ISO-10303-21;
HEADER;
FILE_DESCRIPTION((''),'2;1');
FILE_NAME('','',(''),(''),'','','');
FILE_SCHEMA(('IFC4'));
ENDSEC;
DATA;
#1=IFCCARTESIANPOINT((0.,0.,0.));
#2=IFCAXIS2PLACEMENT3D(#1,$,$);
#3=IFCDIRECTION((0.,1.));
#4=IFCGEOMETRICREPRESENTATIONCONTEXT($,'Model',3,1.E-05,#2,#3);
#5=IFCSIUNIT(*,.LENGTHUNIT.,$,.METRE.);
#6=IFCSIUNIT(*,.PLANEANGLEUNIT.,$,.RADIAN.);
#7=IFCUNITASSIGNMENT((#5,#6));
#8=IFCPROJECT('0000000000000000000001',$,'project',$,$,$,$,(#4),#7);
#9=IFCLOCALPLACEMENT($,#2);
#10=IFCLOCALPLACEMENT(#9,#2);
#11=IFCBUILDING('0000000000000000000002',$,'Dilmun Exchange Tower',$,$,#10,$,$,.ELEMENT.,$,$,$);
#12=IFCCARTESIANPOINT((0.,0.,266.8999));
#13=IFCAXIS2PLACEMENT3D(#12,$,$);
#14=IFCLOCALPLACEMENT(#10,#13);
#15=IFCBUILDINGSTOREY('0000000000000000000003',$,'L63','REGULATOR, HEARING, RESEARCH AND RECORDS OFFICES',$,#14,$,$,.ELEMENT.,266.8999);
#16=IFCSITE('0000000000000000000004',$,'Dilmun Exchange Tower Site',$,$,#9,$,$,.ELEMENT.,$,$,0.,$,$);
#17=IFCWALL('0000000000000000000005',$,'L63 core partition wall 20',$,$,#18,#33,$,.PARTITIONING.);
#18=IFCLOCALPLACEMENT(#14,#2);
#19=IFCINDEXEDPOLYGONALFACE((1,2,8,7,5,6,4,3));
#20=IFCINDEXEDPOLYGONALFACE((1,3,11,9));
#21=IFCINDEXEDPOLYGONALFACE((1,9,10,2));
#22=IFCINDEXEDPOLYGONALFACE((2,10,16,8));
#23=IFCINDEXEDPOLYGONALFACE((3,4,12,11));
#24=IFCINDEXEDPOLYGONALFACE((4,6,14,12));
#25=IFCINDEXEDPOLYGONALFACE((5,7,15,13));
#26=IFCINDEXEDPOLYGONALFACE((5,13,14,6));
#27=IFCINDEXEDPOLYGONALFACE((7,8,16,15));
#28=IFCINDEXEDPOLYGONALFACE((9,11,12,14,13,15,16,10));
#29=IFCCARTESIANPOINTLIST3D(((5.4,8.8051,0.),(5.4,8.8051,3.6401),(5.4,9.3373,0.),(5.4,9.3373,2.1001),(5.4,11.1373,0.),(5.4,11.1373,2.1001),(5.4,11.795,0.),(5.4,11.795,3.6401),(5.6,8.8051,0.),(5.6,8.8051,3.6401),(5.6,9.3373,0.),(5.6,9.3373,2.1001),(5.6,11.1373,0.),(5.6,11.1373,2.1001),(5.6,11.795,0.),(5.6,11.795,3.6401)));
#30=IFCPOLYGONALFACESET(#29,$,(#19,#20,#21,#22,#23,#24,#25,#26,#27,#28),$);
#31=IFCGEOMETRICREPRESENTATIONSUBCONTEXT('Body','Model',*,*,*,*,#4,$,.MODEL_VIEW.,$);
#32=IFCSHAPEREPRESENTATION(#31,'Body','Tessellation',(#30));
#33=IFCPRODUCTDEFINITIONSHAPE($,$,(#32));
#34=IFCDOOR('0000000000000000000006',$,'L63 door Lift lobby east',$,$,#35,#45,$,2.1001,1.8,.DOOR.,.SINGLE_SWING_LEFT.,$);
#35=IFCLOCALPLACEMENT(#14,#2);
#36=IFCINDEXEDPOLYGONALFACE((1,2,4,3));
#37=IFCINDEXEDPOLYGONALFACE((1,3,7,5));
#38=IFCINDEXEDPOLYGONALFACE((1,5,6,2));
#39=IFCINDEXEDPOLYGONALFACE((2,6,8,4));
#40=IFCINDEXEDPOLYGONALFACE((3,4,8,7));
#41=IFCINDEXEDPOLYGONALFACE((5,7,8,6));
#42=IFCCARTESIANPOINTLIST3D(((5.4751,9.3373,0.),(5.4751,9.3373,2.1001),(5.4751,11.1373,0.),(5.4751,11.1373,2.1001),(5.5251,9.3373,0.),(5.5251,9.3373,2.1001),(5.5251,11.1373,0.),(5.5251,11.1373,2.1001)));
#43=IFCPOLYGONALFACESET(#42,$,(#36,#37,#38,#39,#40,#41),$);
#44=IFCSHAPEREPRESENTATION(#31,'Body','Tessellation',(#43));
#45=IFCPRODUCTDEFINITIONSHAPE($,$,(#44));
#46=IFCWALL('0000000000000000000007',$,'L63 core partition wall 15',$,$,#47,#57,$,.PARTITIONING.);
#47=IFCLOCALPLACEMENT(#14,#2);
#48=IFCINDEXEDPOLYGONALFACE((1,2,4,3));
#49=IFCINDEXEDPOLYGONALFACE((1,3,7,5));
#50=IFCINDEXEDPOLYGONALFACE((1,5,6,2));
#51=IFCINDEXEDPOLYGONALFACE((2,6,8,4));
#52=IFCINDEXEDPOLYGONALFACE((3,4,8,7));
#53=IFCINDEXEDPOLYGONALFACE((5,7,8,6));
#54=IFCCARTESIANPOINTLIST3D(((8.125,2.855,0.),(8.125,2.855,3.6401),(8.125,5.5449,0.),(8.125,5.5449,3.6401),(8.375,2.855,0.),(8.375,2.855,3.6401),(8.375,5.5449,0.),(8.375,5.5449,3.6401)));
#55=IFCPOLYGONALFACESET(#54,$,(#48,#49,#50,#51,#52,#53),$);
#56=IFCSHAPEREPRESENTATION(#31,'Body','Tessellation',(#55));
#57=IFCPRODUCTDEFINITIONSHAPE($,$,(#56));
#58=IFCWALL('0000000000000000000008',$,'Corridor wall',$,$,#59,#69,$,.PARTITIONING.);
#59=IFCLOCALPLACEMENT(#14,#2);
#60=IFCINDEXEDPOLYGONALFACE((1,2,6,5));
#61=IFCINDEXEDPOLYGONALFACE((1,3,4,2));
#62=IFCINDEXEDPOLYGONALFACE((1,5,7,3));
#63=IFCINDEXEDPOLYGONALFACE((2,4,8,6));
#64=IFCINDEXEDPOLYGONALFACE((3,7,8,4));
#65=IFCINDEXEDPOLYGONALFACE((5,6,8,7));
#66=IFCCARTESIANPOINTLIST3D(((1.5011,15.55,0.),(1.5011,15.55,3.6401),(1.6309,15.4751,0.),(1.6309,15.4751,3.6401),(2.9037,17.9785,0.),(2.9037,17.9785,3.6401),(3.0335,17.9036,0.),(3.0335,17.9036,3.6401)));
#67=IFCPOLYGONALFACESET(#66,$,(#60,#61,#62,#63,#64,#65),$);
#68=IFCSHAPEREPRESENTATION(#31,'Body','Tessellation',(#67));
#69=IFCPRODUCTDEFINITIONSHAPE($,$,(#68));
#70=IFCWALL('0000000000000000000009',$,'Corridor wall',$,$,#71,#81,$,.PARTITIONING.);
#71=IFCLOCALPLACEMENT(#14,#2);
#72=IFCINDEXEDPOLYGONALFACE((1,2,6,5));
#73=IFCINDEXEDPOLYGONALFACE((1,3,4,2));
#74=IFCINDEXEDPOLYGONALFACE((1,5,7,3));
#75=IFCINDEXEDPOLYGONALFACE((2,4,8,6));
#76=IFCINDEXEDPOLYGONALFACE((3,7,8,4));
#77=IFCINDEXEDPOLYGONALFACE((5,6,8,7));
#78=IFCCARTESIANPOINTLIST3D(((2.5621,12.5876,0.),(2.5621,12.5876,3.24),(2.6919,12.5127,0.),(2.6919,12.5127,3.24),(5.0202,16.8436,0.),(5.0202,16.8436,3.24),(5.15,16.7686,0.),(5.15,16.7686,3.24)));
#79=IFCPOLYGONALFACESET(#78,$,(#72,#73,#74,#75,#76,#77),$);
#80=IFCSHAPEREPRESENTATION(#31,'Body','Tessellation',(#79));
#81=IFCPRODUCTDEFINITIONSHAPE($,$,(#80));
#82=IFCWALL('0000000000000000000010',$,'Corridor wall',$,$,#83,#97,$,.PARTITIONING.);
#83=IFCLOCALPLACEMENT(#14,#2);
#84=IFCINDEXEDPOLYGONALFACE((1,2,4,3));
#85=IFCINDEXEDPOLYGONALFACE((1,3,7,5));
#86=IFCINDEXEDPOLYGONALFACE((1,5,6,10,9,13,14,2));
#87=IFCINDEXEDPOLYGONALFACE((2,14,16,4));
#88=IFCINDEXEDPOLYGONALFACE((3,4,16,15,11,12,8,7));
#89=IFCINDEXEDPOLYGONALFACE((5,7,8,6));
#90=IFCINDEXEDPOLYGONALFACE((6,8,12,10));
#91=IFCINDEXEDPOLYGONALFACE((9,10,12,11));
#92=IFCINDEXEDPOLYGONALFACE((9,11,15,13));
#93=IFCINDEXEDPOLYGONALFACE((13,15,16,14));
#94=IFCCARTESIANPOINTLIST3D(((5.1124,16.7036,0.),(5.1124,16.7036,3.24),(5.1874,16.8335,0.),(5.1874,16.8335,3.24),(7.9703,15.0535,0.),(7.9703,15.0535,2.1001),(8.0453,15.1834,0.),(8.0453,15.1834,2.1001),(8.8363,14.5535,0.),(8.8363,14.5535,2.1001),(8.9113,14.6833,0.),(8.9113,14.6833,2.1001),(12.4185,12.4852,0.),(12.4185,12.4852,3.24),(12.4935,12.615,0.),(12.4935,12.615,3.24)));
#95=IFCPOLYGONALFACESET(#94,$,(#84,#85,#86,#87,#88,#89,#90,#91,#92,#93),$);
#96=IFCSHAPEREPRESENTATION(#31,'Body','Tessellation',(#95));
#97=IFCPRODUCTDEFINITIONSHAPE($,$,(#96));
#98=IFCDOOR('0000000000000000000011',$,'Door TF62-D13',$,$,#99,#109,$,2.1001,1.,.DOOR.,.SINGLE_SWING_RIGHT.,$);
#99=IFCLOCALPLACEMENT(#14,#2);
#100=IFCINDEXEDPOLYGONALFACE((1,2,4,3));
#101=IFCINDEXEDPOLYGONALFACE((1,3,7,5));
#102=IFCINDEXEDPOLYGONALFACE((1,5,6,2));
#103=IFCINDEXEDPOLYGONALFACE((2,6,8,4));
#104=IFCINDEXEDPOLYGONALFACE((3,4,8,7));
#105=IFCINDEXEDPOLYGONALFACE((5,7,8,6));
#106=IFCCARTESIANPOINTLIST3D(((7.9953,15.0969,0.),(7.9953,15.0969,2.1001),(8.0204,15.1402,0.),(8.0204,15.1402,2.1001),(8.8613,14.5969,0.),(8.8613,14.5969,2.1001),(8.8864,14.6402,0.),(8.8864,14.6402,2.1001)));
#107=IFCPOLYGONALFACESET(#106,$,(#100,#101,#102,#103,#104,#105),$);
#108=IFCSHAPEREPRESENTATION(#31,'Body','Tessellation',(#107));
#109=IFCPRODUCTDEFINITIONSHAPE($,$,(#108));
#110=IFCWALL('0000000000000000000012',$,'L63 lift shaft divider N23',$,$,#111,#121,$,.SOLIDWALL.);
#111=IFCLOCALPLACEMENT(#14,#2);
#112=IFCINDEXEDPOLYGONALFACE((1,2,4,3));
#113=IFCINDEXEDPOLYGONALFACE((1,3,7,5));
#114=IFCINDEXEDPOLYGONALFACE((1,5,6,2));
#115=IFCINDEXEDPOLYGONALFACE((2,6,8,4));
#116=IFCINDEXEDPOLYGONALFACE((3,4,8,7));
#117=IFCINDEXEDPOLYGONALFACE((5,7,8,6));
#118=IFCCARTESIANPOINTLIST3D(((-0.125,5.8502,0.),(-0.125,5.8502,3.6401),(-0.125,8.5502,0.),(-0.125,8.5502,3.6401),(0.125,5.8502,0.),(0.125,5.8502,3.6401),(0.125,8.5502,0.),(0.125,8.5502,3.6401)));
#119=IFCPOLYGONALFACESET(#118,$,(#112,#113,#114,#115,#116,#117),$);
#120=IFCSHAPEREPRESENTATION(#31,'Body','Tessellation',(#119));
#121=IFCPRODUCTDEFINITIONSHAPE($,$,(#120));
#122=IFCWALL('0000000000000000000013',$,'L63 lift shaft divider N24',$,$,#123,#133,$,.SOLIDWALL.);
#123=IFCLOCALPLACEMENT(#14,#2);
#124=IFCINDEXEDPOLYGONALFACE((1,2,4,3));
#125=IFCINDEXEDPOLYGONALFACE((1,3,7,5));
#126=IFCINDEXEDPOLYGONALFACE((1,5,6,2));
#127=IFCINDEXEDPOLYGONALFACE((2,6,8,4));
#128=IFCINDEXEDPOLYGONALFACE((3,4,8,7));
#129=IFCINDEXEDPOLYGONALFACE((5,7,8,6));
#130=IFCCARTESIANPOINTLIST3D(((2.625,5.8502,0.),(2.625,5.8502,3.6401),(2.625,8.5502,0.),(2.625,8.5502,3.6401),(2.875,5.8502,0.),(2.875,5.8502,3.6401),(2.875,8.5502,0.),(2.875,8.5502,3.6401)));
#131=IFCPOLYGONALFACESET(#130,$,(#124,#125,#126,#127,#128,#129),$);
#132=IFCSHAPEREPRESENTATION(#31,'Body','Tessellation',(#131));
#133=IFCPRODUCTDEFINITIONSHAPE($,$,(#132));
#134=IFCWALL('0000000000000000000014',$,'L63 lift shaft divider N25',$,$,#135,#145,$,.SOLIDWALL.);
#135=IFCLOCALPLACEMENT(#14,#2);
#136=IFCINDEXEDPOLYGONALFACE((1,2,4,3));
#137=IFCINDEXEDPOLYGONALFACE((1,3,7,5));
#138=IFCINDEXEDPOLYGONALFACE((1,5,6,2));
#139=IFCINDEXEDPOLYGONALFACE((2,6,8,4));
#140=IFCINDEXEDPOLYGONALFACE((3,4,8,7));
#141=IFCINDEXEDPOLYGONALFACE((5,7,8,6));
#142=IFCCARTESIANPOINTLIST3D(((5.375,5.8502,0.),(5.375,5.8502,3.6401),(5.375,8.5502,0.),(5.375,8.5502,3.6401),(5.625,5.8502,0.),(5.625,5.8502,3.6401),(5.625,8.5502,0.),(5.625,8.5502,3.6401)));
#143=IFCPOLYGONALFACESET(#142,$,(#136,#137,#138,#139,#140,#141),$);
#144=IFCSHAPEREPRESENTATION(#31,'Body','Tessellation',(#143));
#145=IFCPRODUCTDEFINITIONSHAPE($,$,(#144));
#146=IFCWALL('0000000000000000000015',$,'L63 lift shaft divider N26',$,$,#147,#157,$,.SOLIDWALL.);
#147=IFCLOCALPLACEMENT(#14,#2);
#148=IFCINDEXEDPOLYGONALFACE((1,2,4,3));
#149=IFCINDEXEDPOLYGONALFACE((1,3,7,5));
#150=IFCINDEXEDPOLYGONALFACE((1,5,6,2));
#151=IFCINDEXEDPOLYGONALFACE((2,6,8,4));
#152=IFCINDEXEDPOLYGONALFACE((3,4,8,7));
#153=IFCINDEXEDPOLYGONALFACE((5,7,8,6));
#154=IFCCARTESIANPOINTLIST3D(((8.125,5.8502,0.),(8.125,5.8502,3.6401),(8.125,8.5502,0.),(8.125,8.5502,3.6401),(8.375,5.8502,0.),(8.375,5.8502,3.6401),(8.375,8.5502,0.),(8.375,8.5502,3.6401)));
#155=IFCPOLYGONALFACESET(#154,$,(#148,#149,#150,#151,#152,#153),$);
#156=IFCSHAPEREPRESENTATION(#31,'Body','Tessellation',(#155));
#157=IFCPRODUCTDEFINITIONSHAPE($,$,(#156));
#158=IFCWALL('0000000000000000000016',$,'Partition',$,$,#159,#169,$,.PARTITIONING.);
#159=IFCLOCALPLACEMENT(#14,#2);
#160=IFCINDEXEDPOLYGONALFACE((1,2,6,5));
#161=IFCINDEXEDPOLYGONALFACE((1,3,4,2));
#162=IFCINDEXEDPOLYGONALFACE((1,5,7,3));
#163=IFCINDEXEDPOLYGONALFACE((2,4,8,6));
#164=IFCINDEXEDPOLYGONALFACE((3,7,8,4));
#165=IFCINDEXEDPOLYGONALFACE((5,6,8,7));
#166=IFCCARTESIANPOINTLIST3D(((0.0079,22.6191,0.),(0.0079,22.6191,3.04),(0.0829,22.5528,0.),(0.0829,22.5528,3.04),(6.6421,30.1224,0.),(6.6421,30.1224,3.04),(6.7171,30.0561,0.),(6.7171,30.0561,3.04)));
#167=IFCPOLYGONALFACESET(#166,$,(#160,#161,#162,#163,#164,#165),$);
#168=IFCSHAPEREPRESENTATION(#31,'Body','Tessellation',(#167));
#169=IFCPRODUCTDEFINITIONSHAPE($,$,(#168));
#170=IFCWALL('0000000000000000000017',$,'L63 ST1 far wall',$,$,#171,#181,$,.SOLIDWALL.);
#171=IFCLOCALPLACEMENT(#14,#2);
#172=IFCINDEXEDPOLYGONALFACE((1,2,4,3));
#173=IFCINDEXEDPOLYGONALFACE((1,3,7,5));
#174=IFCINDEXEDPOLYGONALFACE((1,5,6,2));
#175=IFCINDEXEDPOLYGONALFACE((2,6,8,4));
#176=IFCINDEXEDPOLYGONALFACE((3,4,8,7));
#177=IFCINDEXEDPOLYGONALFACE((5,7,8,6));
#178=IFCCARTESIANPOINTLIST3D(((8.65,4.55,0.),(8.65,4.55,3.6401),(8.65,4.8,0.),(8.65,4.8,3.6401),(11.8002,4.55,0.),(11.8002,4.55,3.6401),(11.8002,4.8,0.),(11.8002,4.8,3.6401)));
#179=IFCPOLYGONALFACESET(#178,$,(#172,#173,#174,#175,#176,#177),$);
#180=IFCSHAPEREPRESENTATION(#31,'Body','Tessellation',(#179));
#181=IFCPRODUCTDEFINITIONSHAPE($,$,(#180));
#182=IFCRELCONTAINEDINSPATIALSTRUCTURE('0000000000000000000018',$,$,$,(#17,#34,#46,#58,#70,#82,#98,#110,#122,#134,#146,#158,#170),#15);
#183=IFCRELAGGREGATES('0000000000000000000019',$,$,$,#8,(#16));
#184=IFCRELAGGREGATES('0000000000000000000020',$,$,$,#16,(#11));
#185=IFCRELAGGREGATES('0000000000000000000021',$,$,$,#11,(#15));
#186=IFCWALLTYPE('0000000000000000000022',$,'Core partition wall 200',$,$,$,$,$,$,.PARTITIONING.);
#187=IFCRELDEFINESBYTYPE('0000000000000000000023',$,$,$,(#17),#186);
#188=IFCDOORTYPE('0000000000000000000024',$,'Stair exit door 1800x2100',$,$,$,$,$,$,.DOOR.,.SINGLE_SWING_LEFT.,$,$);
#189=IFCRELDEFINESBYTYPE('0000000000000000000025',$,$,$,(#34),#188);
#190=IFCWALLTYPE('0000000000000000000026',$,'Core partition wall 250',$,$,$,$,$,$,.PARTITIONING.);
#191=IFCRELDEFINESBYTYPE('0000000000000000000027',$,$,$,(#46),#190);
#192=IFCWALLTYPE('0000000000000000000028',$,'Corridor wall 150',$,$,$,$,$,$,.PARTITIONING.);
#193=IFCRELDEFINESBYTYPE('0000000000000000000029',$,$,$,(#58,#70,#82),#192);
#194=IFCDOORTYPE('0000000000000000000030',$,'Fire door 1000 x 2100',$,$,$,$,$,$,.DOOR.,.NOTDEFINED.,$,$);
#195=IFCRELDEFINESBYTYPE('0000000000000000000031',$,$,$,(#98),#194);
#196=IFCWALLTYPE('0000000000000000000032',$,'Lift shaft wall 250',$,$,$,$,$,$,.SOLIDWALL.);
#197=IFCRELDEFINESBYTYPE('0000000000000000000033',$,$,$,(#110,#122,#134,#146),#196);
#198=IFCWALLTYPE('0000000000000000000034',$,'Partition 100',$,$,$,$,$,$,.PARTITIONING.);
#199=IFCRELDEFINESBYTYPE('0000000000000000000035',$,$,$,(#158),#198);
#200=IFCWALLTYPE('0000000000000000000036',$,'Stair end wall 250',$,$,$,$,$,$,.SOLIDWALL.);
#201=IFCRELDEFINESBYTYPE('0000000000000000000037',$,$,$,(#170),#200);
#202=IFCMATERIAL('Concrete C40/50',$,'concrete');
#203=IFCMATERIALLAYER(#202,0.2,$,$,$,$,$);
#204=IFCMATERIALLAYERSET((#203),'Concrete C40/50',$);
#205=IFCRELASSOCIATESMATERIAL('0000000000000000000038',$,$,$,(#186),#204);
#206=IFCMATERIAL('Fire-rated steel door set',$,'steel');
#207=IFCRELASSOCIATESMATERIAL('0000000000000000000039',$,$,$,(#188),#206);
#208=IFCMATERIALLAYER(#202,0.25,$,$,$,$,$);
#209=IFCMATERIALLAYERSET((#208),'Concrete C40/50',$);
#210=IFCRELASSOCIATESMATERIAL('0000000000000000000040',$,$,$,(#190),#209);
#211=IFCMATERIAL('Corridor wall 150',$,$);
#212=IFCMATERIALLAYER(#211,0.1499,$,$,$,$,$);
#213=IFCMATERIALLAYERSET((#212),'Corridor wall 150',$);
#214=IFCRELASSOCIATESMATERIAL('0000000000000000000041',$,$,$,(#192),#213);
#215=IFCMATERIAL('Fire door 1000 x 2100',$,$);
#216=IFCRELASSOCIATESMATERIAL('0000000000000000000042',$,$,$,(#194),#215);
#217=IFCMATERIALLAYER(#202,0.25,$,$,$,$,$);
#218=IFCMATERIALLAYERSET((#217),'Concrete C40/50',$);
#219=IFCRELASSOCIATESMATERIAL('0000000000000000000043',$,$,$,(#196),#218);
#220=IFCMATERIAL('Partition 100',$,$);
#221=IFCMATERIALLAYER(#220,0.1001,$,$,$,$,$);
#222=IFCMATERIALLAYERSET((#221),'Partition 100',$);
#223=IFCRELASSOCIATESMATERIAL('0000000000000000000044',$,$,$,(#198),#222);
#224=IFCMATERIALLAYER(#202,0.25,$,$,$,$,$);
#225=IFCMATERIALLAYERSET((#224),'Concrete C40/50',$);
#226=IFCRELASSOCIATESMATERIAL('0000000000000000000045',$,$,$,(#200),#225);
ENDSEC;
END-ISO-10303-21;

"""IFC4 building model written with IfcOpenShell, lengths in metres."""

from ifc_helpers import new_model, si_unit, direction, frame, frame_2d, origin, place, context, subcontext, project, spatial, rectangle, extrude, material, layer, layer_set, type_object, element, fill, save


model = new_model("IFC4")

# Units and contexts
model_context = context("Model", 3, precision=1e-05, world=origin(), true_north=direction((0.0, 1.0)))
body_context = subcontext(model_context, "Body", "Model", "MODEL_VIEW")
ifc_project = project(units=[si_unit("LENGTHUNIT", "METRE"), si_unit("PLANEANGLEUNIT", "RADIAN")], contexts=[model_context])

# Site, building, storey
site_placement = place(None, origin())
site = spatial("IfcSite", under=ifc_project, at=site_placement, Name="Dilmun Exchange Tower Site", CompositionType="ELEMENT", RefElevation=0.0)
building_placement = place(site_placement, origin())
building = spatial("IfcBuilding", under=site, at=building_placement, Name="Dilmun Exchange Tower", CompositionType="ELEMENT")
storey_placement = place(building_placement, frame((0.0, 0.0, 266.8999)))
storey = spatial("IfcBuildingStorey", under=building, at=storey_placement, Name="L63", Description="REGULATOR, HEARING, RESEARCH AND RECORDS OFFICES", CompositionType="ELEMENT", Elevation=266.8999)

# Shared definitions
ifc_material_1 = material(Name="Concrete C40/50", Category="concrete")

# Wall, opening, door
ifc_layer_1 = layer(ifc_material_1, 0.2)
ifc_layer_set_1 = layer_set([ifc_layer_1], Name="Concrete C40/50")
wall_type_1 = type_object("IfcWallType", Name="Core partition wall 200", PredefinedType="PARTITIONING", material=ifc_layer_set_1)
wall_1_placement = place(storey_placement, frame((5.5, 8.8049, 0.0), z_axis=(0.0, 0.0, 1.0), x_axis=(0.0, 1.0, 0.0)))
wall_1 = element("IfcWall", 1, at=wall_1_placement, inside=storey, type_object=wall_type_1, Name="L63 core partition wall 20", PredefinedType="PARTITIONING", context=body_context, shape_type="SweptSolid", body=[
    extrude(rectangle(XDim=2.99, YDim=0.2, at=frame_2d((1.4951, 0.0))), origin(), (0.0, 0.0, 1.0), 3.6401),
])
opening_1_placement = place(wall_1_placement, frame((0.5325, 0.0, 0.0)))
opening_1 = element("IfcOpeningElement", 2, at=opening_1_placement, cuts=wall_1, PredefinedType="OPENING", context=body_context, shape_type="SweptSolid", body=[
    extrude(rectangle(XDim=1.8, YDim=2.1001, at=frame_2d((0.8999, 1.05))), frame((0.0, 0.1099, 0.0), z_axis=(0.0, -1.0, 0.0), x_axis=(1.0, 0.0, 0.0)), (0.0, 0.0, 1.0), 0.22),
])
ifc_material_2 = material(Name="Fire-rated steel door set", Category="steel")
door_type_1 = type_object("IfcDoorType", Name="Stair exit door 1800x2100", OperationType="SINGLE_SWING_LEFT", PredefinedType="DOOR", material=ifc_material_2)
door_1_placement = place(opening_1_placement, origin())
door_1 = element("IfcDoor", 3, at=door_1_placement, inside=storey, type_object=door_type_1, Name="L63 door Lift lobby east", OperationType="SINGLE_SWING_LEFT", OverallHeight=2.1001, OverallWidth=1.8, PredefinedType="DOOR", context=body_context, shape_type="SweptSolid", body=[
    extrude(rectangle(XDim=1.8, YDim=2.1001, at=frame_2d((0.8999, 1.05))), frame((0.0, 0.0249, 0.0), z_axis=(0.0, -1.0, 0.0), x_axis=(1.0, 0.0, 0.0)), (0.0, 0.0, 1.0), 0.05),
])
fill(opening_1, door_1)

# Walls
ifc_layer_2 = layer(ifc_material_1, 0.25)
ifc_layer_set_2 = layer_set([ifc_layer_2], Name="Concrete C40/50")
wall_type_2 = type_object("IfcWallType", Name="Core partition wall 250", PredefinedType="PARTITIONING", material=ifc_layer_set_2)
wall_2_placement = place(storey_placement, frame((8.25, 2.855, 0.0), z_axis=(0.0, 0.0, 1.0), x_axis=(0.0, 1.0, 0.0)))
element("IfcWall", 4, at=wall_2_placement, inside=storey, type_object=wall_type_2, Name="L63 core partition wall 15", PredefinedType="PARTITIONING", context=body_context, shape_type="SweptSolid", body=[
    extrude(rectangle(XDim=2.6899, YDim=0.25, at=frame_2d((1.345, 0.0))), origin(), (0.0, 0.0, 1.0), 3.6401),
])
ifc_material_3 = material(Name="Corridor wall 150")
ifc_layer_3 = layer(ifc_material_3, 0.1499)
ifc_layer_set_3 = layer_set([ifc_layer_3], Name="Corridor wall 150")
wall_type_3 = type_object("IfcWallType", Name="Corridor wall 150", PredefinedType="PARTITIONING", material=ifc_layer_set_3)
wall_3_placement = place(storey_placement, frame((1.5659, 15.5125, 0.0), z_axis=(0.0, 0.0, 1.0), x_axis=(0.500137, 0.865946, 0.0)))
element("IfcWall", 5, at=wall_3_placement, inside=storey, type_object=wall_type_3, Name="Corridor wall", PredefinedType="PARTITIONING", context=body_context, shape_type="SweptSolid", body=[
    extrude(rectangle(XDim=2.8044, YDim=0.1499, at=frame_2d((1.4023, 0.0))), origin(), (0.0, 0.0, 1.0), 3.6401),
])
wall_4_placement = place(storey_placement, frame((2.627, 12.55, 0.0), z_axis=(0.0, 0.0, 1.0), x_axis=(0.500135, 0.865947, 0.0)))
element("IfcWall", 6, at=wall_4_placement, inside=storey, type_object=wall_type_3, Name="Corridor wall", PredefinedType="PARTITIONING", context=body_context, shape_type="SweptSolid", body=[
    extrude(rectangle(XDim=4.9148, YDim=0.1499, at=frame_2d((2.4575, 0.0))), origin(), (0.0, 0.0, 1.0), 3.24),
])

# Wall, opening, door
wall_5_placement = place(storey_placement, frame((5.1499, 16.7686, 0.0), z_axis=(0.0, 0.0, 1.0), x_axis=(0.86601, -0.500026, 0.0)))
wall_5 = element("IfcWall", 7, at=wall_5_placement, inside=storey, type_object=wall_type_3, Name="Corridor wall", PredefinedType="PARTITIONING", context=body_context, shape_type="SweptSolid", body=[
    extrude(rectangle(XDim=8.4365, YDim=0.1499, at=frame_2d((4.2183, 0.0))), origin(), (0.0, 0.0, 1.0), 3.24),
])
opening_2_placement = place(wall_5_placement, frame((3.3, 0.0, 0.0)))
opening_2 = element("IfcOpeningElement", 8, at=opening_2_placement, cuts=wall_5, PredefinedType="OPENING", context=body_context, shape_type="SweptSolid", body=[
    extrude(rectangle(XDim=1.0, YDim=2.1001, at=frame_2d((0.5, 1.05))), frame((0.0, 0.085, 0.0), z_axis=(0.0, -1.0, 0.0), x_axis=(1.0, 0.0, 0.0)), (0.0, 0.0, 1.0), 0.1699),
])
ifc_material_4 = material(Name="Fire door 1000 x 2100")
door_type_2 = type_object("IfcDoorType", Name="Fire door 1000 x 2100", OperationType="NOTDEFINED", PredefinedType="DOOR", material=ifc_material_4)
door_2_placement = place(opening_2_placement, frame((1.0, 0.0, 0.0), z_axis=(0.0, 0.0, 1.0), x_axis=(-1.0, 0.0, 0.0)))
door_2 = element("IfcDoor", 9, at=door_2_placement, inside=storey, type_object=door_type_2, Name="Door TF62-D13", OperationType="SINGLE_SWING_RIGHT", OverallHeight=2.1001, OverallWidth=1.0, PredefinedType="DOOR", context=body_context, shape_type="SweptSolid", body=[
    extrude(rectangle(XDim=1.0, YDim=2.1001, at=frame_2d((0.5, 1.05))), frame((0.0, 0.0249, 0.0), z_axis=(0.0, -1.0, 0.0), x_axis=(1.0, 0.0, 0.0)), (0.0, 0.0, 1.0), 0.05),
])
fill(opening_2, door_2)

# Walls
ifc_layer_4 = layer(ifc_material_1, 0.25)
ifc_layer_set_4 = layer_set([ifc_layer_4], Name="Concrete C40/50")
wall_type_4 = type_object("IfcWallType", Name="Lift shaft wall 250", PredefinedType="SOLIDWALL", material=ifc_layer_set_4)
for number, where, z_axis, x_axis, name in (
    (10, (0.0, 5.8501, 0.0), (0.0, 0.0, 1.0), (0.0, 1.0, 0.0), "L63 lift shaft divider N23"),
    (11, (2.75, 5.8501, 0.0), (0.0, 0.0, 1.0), (0.0, 1.0, 0.0), "L63 lift shaft divider N24"),
    (12, (5.5, 5.8501, 0.0), (0.0, 0.0, 1.0), (0.0, 1.0, 0.0), "L63 lift shaft divider N25"),
    (13, (8.25, 5.8501, 0.0), (0.0, 0.0, 1.0), (0.0, 1.0, 0.0), "L63 lift shaft divider N26"),
):
    element("IfcWall", number, at=place(storey_placement, frame(where, z_axis=z_axis, x_axis=x_axis)), inside=storey, type_object=wall_type_4, Name=name, PredefinedType="SOLIDWALL", context=body_context, shape_type="SweptSolid", body=[
        extrude(rectangle(XDim=2.7, YDim=0.25, at=frame_2d((1.3501, 0.0))), origin(), (0.0, 0.0, 1.0), 3.6401),
    ])
ifc_material_5 = material(Name="Partition 100")
ifc_layer_5 = layer(ifc_material_5, 0.1001)
ifc_layer_set_5 = layer_set([ifc_layer_5], Name="Partition 100")
wall_type_5 = type_object("IfcWallType", Name="Partition 100", PredefinedType="PARTITIONING", material=ifc_layer_set_5)
wall_6_placement = place(storey_placement, frame((0.0454, 22.5859, 0.0), z_axis=(0.0, 0.0, 1.0), x_axis=(0.662386, 0.749163, 0.0)))
element("IfcWall", 14, at=wall_6_placement, inside=storey, type_object=wall_type_5, Name="Partition", PredefinedType="PARTITIONING", context=body_context, shape_type="SweptSolid", body=[
    extrude(rectangle(XDim=10.0156, YDim=0.1001, at=frame_2d((5.0078, 0.0))), origin(), (0.0, 0.0, 1.0), 3.04),
])
ifc_layer_6 = layer(ifc_material_1, 0.25)
ifc_layer_set_6 = layer_set([ifc_layer_6], Name="Concrete C40/50")
wall_type_6 = type_object("IfcWallType", Name="Stair end wall 250", PredefinedType="SOLIDWALL", material=ifc_layer_set_6)
wall_7_placement = place(storey_placement, frame((8.6499, 4.675, 0.0), z_axis=(0.0, 0.0, 1.0), x_axis=(1.0, 0.0, 0.0)))
element("IfcWall", 15, at=wall_7_placement, inside=storey, type_object=wall_type_6, Name="L63 ST1 far wall", PredefinedType="SOLIDWALL", context=body_context, shape_type="SweptSolid", body=[
    extrude(rectangle(XDim=3.1501, YDim=0.25, at=frame_2d((1.5752, 0.0))), origin(), (0.0, 0.0, 1.0), 3.6401),
])

save(model, "model.ifc")
